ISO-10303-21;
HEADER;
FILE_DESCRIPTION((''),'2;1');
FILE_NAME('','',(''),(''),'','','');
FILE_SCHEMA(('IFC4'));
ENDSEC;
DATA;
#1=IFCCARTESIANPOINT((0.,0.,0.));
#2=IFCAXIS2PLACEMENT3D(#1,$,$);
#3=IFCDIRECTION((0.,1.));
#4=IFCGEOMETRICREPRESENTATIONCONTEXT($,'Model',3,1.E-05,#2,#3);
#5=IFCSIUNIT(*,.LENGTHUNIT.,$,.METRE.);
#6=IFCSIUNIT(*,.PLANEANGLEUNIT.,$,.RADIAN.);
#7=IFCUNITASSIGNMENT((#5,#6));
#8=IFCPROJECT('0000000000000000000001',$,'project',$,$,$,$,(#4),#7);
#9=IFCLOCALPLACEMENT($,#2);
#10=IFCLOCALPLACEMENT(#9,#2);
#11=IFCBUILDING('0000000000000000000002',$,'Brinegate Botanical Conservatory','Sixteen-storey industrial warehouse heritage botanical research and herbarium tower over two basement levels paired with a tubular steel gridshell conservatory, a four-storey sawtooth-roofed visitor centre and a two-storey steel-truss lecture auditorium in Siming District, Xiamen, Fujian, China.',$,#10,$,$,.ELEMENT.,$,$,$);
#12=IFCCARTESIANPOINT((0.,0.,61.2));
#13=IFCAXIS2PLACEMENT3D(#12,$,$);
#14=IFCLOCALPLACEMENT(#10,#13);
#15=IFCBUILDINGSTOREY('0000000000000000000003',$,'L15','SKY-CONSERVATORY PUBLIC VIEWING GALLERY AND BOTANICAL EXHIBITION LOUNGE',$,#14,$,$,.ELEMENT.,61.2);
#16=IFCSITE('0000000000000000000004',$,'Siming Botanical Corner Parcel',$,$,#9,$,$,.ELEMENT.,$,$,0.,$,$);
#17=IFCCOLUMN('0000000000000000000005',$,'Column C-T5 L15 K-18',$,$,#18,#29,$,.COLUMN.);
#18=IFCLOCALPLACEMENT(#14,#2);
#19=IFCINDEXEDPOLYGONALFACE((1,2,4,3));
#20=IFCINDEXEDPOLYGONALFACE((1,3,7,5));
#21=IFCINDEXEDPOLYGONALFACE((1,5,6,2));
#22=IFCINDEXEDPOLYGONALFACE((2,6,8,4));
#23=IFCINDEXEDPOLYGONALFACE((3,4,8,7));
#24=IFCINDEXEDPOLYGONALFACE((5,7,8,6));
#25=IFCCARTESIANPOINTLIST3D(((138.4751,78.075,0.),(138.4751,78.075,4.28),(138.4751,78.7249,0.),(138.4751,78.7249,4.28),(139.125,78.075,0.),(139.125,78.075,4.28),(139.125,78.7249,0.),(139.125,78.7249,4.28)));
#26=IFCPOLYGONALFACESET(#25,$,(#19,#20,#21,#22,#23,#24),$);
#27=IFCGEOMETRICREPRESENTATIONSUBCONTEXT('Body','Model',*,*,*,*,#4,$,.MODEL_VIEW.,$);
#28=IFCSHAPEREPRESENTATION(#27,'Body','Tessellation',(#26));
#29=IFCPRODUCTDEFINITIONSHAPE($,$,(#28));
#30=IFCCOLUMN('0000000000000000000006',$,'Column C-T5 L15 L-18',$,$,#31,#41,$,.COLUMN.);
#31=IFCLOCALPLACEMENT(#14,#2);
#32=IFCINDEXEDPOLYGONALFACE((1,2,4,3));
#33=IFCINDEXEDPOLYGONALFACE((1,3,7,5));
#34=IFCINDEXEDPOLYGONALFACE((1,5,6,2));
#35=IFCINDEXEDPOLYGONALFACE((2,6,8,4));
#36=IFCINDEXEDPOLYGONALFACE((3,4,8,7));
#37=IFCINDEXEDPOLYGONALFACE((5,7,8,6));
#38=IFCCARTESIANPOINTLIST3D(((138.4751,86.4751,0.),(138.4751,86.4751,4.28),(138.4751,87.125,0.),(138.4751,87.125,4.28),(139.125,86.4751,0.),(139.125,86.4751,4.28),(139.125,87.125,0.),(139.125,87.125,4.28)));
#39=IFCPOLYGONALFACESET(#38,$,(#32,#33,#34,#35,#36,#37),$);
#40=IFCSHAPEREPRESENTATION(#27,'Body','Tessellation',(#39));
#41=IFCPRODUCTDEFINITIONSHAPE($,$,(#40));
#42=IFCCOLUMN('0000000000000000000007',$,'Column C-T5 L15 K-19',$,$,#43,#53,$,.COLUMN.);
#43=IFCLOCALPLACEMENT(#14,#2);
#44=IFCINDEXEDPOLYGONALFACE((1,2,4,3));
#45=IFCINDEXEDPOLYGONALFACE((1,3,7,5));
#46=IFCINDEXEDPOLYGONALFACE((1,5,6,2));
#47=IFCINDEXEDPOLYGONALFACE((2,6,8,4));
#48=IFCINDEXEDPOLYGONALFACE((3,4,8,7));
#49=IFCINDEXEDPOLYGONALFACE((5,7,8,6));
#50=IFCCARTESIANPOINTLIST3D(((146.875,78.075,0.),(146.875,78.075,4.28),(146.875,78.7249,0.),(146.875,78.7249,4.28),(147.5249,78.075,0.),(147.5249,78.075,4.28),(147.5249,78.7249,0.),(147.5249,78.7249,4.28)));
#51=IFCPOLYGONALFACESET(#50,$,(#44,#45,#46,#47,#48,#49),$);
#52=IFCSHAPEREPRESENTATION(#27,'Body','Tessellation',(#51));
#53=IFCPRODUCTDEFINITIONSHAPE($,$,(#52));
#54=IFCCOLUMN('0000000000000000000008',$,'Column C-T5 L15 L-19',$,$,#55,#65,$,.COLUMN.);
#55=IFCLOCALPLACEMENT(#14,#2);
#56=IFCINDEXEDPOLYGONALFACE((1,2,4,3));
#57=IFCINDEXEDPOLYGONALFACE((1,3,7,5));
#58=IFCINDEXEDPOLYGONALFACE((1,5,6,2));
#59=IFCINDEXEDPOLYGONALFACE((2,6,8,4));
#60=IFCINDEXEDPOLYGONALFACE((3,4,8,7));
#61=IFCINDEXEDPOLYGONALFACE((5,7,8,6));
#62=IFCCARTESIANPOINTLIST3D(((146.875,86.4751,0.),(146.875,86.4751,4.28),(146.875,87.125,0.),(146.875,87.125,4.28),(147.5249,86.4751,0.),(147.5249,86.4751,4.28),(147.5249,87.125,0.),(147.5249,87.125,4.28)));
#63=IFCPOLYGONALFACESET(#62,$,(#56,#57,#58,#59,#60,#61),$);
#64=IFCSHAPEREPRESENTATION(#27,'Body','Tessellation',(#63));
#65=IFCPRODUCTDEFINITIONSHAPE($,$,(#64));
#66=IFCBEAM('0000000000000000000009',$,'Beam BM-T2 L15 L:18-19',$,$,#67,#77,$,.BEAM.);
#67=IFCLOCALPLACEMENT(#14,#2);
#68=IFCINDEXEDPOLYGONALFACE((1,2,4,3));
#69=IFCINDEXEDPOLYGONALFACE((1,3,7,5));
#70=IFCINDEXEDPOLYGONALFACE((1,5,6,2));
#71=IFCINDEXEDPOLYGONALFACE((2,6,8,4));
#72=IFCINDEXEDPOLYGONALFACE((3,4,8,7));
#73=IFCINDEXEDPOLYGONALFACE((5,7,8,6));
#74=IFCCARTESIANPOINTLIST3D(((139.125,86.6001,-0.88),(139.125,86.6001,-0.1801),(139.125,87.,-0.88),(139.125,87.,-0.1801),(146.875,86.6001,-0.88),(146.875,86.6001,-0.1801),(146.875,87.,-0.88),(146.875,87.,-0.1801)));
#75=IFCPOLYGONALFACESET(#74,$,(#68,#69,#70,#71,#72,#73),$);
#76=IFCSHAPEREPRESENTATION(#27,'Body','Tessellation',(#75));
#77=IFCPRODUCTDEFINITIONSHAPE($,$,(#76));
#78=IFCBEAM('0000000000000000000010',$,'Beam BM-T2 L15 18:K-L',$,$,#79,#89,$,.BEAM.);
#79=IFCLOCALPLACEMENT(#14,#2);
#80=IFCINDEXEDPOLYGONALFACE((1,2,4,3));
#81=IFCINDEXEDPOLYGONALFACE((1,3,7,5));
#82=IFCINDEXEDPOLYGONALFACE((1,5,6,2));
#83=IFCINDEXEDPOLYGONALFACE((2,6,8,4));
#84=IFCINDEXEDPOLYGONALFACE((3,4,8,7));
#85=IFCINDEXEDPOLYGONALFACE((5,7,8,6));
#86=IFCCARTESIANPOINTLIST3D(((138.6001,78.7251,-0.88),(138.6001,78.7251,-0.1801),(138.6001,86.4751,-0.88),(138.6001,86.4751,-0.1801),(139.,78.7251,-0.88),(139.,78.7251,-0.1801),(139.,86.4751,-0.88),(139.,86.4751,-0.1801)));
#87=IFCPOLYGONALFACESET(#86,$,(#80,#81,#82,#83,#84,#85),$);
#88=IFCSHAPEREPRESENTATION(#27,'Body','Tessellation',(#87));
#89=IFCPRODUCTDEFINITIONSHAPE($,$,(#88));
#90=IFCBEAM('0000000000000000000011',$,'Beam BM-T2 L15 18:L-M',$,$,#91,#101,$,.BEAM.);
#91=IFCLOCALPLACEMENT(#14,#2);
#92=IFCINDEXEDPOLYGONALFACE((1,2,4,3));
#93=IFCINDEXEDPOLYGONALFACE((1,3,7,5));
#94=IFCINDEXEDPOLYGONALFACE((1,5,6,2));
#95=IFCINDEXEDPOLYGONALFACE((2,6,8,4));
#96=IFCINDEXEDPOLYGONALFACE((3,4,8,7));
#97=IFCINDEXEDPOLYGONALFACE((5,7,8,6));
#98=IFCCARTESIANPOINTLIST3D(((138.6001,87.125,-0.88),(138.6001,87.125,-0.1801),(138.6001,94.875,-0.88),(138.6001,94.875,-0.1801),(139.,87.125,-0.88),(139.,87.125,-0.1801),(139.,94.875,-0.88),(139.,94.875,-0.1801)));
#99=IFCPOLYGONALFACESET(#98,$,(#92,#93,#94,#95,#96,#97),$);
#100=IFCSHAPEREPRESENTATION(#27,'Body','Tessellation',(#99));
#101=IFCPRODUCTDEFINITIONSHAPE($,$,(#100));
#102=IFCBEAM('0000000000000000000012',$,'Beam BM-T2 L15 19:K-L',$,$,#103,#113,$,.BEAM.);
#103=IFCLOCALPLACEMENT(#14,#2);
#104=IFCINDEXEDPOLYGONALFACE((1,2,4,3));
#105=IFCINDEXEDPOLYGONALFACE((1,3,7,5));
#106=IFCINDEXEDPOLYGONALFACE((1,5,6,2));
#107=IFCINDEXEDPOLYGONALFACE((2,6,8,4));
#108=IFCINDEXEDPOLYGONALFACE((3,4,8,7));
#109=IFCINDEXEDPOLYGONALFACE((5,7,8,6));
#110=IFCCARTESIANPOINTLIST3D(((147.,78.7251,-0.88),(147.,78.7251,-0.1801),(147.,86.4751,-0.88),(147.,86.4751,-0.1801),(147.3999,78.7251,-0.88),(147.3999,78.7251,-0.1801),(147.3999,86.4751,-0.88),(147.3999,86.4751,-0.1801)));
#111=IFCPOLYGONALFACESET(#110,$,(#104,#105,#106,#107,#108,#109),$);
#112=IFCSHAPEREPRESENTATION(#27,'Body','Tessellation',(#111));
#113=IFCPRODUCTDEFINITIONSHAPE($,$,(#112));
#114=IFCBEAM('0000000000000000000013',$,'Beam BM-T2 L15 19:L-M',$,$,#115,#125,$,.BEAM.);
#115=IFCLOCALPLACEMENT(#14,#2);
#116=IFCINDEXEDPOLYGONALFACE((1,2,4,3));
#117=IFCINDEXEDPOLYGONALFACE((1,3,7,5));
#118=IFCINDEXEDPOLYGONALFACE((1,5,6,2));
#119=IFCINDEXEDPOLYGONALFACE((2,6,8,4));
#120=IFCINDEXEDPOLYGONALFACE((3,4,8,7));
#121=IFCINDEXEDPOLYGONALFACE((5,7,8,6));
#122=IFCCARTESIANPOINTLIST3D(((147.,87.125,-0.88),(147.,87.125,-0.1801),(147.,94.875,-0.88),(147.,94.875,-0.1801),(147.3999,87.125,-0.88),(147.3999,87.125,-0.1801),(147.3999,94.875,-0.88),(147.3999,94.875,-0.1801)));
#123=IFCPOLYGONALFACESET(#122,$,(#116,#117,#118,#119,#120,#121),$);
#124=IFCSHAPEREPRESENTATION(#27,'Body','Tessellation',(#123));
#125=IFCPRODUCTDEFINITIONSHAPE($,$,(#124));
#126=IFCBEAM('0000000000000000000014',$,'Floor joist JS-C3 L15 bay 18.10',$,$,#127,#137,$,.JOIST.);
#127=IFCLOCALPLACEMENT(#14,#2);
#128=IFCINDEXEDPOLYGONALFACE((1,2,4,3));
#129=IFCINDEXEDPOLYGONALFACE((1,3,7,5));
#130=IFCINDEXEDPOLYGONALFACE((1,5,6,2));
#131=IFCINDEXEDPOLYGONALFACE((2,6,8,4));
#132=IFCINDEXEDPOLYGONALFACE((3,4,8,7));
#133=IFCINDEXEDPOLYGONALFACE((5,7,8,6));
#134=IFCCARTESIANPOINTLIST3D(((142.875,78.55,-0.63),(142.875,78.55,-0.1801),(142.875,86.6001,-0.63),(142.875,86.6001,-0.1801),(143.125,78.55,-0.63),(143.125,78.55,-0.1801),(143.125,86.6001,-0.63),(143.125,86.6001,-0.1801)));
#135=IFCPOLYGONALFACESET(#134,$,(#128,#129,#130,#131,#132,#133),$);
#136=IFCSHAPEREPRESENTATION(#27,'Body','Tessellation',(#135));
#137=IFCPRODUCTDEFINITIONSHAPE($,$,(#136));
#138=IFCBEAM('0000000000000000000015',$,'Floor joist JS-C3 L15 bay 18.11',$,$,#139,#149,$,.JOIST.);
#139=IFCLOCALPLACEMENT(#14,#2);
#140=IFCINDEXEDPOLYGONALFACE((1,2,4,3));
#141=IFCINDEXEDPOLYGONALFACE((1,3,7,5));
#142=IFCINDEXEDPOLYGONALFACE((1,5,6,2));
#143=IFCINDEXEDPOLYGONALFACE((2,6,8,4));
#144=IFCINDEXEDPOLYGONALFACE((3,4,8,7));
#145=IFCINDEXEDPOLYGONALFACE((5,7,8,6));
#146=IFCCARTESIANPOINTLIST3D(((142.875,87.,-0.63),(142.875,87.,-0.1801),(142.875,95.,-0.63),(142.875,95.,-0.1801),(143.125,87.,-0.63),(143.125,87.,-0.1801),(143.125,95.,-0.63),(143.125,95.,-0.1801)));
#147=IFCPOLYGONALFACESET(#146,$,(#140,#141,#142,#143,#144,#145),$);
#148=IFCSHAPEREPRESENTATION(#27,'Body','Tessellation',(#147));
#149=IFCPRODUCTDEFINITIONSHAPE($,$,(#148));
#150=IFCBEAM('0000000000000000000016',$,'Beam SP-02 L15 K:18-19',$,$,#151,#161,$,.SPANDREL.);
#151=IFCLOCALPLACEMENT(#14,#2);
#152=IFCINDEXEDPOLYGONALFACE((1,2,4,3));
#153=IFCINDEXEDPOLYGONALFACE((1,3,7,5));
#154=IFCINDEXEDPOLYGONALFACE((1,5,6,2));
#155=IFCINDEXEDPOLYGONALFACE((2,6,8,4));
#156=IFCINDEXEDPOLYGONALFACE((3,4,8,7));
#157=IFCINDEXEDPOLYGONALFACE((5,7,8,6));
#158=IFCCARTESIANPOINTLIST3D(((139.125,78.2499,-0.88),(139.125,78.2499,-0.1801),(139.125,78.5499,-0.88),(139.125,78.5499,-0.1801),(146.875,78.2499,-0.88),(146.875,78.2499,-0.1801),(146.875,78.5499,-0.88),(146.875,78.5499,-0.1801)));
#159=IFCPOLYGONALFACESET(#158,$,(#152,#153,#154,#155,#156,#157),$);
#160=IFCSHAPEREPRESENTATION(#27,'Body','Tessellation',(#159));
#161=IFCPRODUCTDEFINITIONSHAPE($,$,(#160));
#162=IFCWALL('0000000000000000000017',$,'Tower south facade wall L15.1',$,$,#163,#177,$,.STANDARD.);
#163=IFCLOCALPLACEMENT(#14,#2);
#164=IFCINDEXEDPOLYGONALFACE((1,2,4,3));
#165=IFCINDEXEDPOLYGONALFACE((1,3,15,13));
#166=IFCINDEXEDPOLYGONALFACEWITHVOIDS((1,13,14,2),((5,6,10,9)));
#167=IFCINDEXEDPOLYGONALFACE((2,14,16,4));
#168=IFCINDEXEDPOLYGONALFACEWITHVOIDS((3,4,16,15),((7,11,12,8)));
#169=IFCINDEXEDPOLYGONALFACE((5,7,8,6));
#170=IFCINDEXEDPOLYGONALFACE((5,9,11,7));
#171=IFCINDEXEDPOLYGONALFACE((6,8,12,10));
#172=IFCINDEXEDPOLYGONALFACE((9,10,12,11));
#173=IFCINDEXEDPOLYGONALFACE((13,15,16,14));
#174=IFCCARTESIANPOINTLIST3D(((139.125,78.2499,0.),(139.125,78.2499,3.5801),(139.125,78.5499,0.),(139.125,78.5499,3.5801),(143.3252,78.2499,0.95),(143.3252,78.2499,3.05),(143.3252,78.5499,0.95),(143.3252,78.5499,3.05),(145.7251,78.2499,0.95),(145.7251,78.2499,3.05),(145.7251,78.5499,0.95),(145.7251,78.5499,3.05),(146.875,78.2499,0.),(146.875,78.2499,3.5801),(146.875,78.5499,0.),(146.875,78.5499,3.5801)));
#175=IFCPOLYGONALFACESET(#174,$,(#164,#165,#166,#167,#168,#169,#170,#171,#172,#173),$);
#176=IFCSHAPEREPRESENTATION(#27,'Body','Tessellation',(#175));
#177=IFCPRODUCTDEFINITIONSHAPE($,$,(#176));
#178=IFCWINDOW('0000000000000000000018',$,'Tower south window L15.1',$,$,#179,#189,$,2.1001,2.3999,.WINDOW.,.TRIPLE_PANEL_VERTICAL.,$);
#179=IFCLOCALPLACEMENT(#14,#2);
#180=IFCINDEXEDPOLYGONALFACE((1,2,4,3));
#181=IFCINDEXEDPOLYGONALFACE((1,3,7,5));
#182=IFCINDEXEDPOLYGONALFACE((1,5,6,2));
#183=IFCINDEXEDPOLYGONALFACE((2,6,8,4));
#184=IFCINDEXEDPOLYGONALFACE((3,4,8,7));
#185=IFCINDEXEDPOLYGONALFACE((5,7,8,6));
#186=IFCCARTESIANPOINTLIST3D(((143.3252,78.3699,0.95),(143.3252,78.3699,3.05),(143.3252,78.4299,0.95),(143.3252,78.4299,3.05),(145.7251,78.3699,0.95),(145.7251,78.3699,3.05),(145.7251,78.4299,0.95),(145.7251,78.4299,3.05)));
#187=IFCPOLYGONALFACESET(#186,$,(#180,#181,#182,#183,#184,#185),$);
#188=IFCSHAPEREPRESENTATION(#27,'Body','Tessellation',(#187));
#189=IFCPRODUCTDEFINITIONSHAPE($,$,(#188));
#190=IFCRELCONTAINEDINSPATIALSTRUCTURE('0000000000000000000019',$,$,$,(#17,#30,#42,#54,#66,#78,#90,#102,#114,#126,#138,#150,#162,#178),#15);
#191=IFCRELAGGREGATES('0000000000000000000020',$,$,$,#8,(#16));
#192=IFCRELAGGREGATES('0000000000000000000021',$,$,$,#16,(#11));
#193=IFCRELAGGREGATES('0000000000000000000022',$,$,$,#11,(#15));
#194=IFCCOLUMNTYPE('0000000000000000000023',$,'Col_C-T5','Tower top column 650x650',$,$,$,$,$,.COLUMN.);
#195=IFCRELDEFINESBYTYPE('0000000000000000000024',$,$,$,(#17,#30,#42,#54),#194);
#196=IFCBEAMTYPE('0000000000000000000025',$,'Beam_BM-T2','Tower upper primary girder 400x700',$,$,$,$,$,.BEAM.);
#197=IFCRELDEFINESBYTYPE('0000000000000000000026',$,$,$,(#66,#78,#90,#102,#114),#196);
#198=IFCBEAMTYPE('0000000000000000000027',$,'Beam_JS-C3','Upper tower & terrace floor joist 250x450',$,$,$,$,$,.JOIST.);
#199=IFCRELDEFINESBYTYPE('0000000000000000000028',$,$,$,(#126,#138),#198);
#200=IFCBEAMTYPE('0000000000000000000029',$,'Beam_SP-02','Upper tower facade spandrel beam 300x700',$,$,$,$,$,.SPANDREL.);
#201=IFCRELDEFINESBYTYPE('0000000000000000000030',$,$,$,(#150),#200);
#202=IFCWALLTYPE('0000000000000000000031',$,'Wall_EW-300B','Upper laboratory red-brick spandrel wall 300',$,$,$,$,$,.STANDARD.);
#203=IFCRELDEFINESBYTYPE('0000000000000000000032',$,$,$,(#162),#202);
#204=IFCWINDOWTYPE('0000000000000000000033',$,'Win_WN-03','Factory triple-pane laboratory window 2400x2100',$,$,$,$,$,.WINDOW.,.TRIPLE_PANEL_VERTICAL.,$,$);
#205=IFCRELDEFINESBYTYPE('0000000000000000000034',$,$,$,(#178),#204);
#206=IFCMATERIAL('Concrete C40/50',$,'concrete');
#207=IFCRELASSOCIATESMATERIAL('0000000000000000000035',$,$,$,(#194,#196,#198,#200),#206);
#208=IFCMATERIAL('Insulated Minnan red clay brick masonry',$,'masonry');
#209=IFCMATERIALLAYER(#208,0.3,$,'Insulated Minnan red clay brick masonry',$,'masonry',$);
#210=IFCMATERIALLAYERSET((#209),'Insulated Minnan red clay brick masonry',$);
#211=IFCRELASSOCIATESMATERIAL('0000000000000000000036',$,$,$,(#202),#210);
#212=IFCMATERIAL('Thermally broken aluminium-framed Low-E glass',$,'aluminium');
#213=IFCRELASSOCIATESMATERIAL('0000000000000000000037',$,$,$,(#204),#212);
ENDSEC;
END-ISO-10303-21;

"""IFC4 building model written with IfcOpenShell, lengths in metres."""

from ifc_helpers import new_model, si_unit, direction, frame, frame_2d, origin, origin_2d, place, context, subcontext, project, spatial, rectangle, extrude, material, layer, layer_set, material_profile, profile_set, type_object, element, fill, save


model = new_model("IFC4")

# Units and contexts
model_context = context("Model", 3, precision=1e-05, world=origin(), true_north=direction((0.0, 1.0)))
body_context = subcontext(model_context, "Body", "Model", "MODEL_VIEW")
ifc_project = project(units=[si_unit("LENGTHUNIT", "METRE"), si_unit("PLANEANGLEUNIT", "RADIAN")], contexts=[model_context])

# Site, building, storey
site_placement = place(None, origin())
site = spatial("IfcSite", under=ifc_project, at=site_placement, Name="Siming Botanical Corner Parcel", CompositionType="ELEMENT", RefElevation=0.0)
building_placement = place(site_placement, origin())
building = spatial("IfcBuilding", under=site, at=building_placement, Name="Brinegate Botanical Conservatory", Description="Sixteen-storey industrial warehouse heritage botanical research and herbarium tower over two basement levels paired with a tubular steel gridshell conservatory, a four-storey sawtooth-roofed visitor centre and a two-storey steel-truss lecture auditorium in Siming District, Xiamen, Fujian, China.", CompositionType="ELEMENT")
storey_placement = place(building_placement, frame((0.0, 0.0, 61.2)))
storey = spatial("IfcBuildingStorey", under=building, at=storey_placement, Name="L15", Description="SKY-CONSERVATORY PUBLIC VIEWING GALLERY AND BOTANICAL EXHIBITION LOUNGE", CompositionType="ELEMENT", Elevation=61.2)

# Columns
ifc_material_1 = material(Name="Concrete C40/50", Category="concrete")
ifc_material_profile_1 = material_profile(ifc_material_1, rectangle(XDim=0.6499, YDim=0.6499, at=origin_2d()), Name="RC COL 650x650")
ifc_profile_set_1 = profile_set([ifc_material_profile_1], Name="Concrete C40/50")
column_type = type_object("IfcColumnType", Name="Col_C-T5", Description="Tower top column 650x650", PredefinedType="COLUMN", material=ifc_profile_set_1)
for number, where, z_axis, x_axis, name in (
    (1, (138.8, 78.3999, 0.0), (0.0, 0.0, 1.0), (1.0, 0.0, 0.0), "Column C-T5 L15 K-18"),
    (2, (138.8, 86.8, 0.0), (0.0, 0.0, 1.0), (1.0, 0.0, 0.0), "Column C-T5 L15 L-18"),
    (3, (147.2, 78.3999, 0.0), (0.0, 0.0, 1.0), (1.0, 0.0, 0.0), "Column C-T5 L15 K-19"),
    (4, (147.2, 86.8, 0.0), (0.0, 0.0, 1.0), (1.0, 0.0, 0.0), "Column C-T5 L15 L-19"),
):
    element("IfcColumn", number, at=place(storey_placement, frame(where, z_axis=z_axis, x_axis=x_axis)), inside=storey, type_object=column_type, Name=name, PredefinedType="COLUMN", context=body_context, shape_type="SweptSolid", body=[
        extrude(rectangle(XDim=0.6499, YDim=0.6499, at=origin_2d()), origin(), (0.0, 0.0, 1.0), 4.28),
    ])

# Beams
ifc_material_profile_2 = material_profile(ifc_material_1, rectangle(XDim=0.3999, YDim=0.7, at=origin_2d()), Name="RC BM 400x700")
ifc_profile_set_2 = profile_set([ifc_material_profile_2], Name="Concrete C40/50")
beam_type_1 = type_object("IfcBeamType", Name="Beam_BM-T2", Description="Tower upper primary girder 400x700", PredefinedType="BEAM", material=ifc_profile_set_2)
for number, where, z_axis, x_axis, name in (
    (5, (139.125, 86.8, -0.53), (1.0, 0.0, 0.0), (0.0, 1.0, 0.0), "Beam BM-T2 L15 L:18-19"),
    (6, (138.8, 78.7251, -0.53), (0.0, 1.0, 0.0), (-1.0, 0.0, 0.0), "Beam BM-T2 L15 18:K-L"),
    (7, (138.8, 87.125, -0.53), (0.0, 1.0, 0.0), (-1.0, 0.0, 0.0), "Beam BM-T2 L15 18:L-M"),
    (8, (147.2, 78.7251, -0.53), (0.0, 1.0, 0.0), (-1.0, 0.0, 0.0), "Beam BM-T2 L15 19:K-L"),
    (9, (147.2, 87.125, -0.53), (0.0, 1.0, 0.0), (-1.0, 0.0, 0.0), "Beam BM-T2 L15 19:L-M"),
):
    element("IfcBeam", number, at=place(storey_placement, frame(where, z_axis=z_axis, x_axis=x_axis)), inside=storey, type_object=beam_type_1, Name=name, PredefinedType="BEAM", context=body_context, shape_type="SweptSolid", body=[
        extrude(rectangle(XDim=0.3999, YDim=0.7, at=origin_2d()), origin(), (0.0, 0.0, 1.0), 7.75),
    ])
ifc_material_profile_3 = material_profile(ifc_material_1, rectangle(XDim=0.25, YDim=0.45, at=origin_2d()), Name="RC JST 250x450")
ifc_profile_set_3 = profile_set([ifc_material_profile_3], Name="Concrete C40/50")
beam_type_2 = type_object("IfcBeamType", Name="Beam_JS-C3", Description="Upper tower & terrace floor joist 250x450", PredefinedType="JOIST", material=ifc_profile_set_3)
beam_1_placement = place(storey_placement, frame((143.0, 78.55, -0.405), z_axis=(0.0, 1.0, 0.0), x_axis=(-1.0, 0.0, 0.0)))
element("IfcBeam", 10, at=beam_1_placement, inside=storey, type_object=beam_type_2, Name="Floor joist JS-C3 L15 bay 18.10", PredefinedType="JOIST", context=body_context, shape_type="SweptSolid", body=[
    extrude(rectangle(XDim=0.25, YDim=0.45, at=origin_2d()), origin(), (0.0, 0.0, 1.0), 8.05),
])
beam_2_placement = place(storey_placement, frame((143.0, 87.0, -0.405), z_axis=(0.0, 1.0, 0.0), x_axis=(-1.0, 0.0, 0.0)))
element("IfcBeam", 11, at=beam_2_placement, inside=storey, type_object=beam_type_2, Name="Floor joist JS-C3 L15 bay 18.11", PredefinedType="JOIST", context=body_context, shape_type="SweptSolid", body=[
    extrude(rectangle(XDim=0.25, YDim=0.45, at=origin_2d()), origin(), (0.0, 0.0, 1.0), 8.0),
])
ifc_material_profile_4 = material_profile(ifc_material_1, rectangle(XDim=0.3, YDim=0.7, at=origin_2d()), Name="RC SPN 300x700")
ifc_profile_set_4 = profile_set([ifc_material_profile_4], Name="Concrete C40/50")
beam_type_3 = type_object("IfcBeamType", Name="Beam_SP-02", Description="Upper tower facade spandrel beam 300x700", PredefinedType="SPANDREL", material=ifc_profile_set_4)
beam_3_placement = place(storey_placement, frame((139.125, 78.3999, -0.53), z_axis=(1.0, 0.0, 0.0), x_axis=(0.0, 1.0, 0.0)))
element("IfcBeam", 12, at=beam_3_placement, inside=storey, type_object=beam_type_3, Name="Beam SP-02 L15 K:18-19", PredefinedType="SPANDREL", context=body_context, shape_type="SweptSolid", body=[
    extrude(rectangle(XDim=0.3, YDim=0.7, at=origin_2d()), origin(), (0.0, 0.0, 1.0), 7.75),
])

# Wall, opening, window
ifc_material_2 = material(Name="Insulated Minnan red clay brick masonry", Category="masonry")
ifc_layer = layer(ifc_material_2, 0.3, Name="Insulated Minnan red clay brick masonry", Category="masonry")
ifc_layer_set = layer_set([ifc_layer], Name="Insulated Minnan red clay brick masonry")
wall_type = type_object("IfcWallType", Name="Wall_EW-300B", Description="Upper laboratory red-brick spandrel wall 300", PredefinedType="STANDARD", material=ifc_layer_set)
wall_1_placement = place(storey_placement, frame((146.875, 78.3999, 0.0), z_axis=(0.0, 0.0, 1.0), x_axis=(-1.0, 0.0, 0.0)))
wall_1 = element("IfcWall", 13, at=wall_1_placement, inside=storey, type_object=wall_type, Name="Tower south facade wall L15.1", PredefinedType="STANDARD", context=body_context, shape_type="SweptSolid", body=[
    extrude(rectangle(XDim=7.75, YDim=0.3, at=frame_2d((3.875, 0.0))), origin(), (0.0, 0.0, 1.0), 3.5801),
])
opening_1_placement = place(wall_1_placement, frame((1.1499, 0.0, 0.95)))
opening_1 = element("IfcOpeningElement", 14, at=opening_1_placement, cuts=wall_1, PredefinedType="OPENING", context=body_context, shape_type="SweptSolid", body=[
    extrude(rectangle(XDim=2.3999, YDim=2.1001, at=frame_2d((1.2, 1.05))), frame((0.0, 0.1599, 0.0), z_axis=(0.0, -1.0, 0.0), x_axis=(1.0, 0.0, 0.0)), (0.0, 0.0, 1.0), 0.3201),
])
ifc_material_3 = material(Name="Thermally broken aluminium-framed Low-E glass", Category="aluminium")
window_type_1 = type_object("IfcWindowType", Name="Win_WN-03", Description="Factory triple-pane laboratory window 2400x2100", PartitioningType="TRIPLE_PANEL_VERTICAL", PredefinedType="WINDOW", material=ifc_material_3)
window_1_placement = place(opening_1_placement, origin())
window_1 = element("IfcWindow", 15, at=window_1_placement, inside=storey, type_object=window_type_1, Name="Tower south window L15.1", OverallHeight=2.1001, OverallWidth=2.3999, PartitioningType="TRIPLE_PANEL_VERTICAL", PredefinedType="WINDOW", context=body_context, shape_type="SweptSolid", body=[
    extrude(rectangle(XDim=2.3999, YDim=2.1001, at=frame_2d((1.2, 1.05))), frame((0.0, 0.03, 0.0), z_axis=(0.0, -1.0, 0.0), x_axis=(1.0, 0.0, 0.0)), (0.0, 0.0, 1.0), 0.0601),
])
fill(opening_1, window_1)

save(model, "model.ifc")
